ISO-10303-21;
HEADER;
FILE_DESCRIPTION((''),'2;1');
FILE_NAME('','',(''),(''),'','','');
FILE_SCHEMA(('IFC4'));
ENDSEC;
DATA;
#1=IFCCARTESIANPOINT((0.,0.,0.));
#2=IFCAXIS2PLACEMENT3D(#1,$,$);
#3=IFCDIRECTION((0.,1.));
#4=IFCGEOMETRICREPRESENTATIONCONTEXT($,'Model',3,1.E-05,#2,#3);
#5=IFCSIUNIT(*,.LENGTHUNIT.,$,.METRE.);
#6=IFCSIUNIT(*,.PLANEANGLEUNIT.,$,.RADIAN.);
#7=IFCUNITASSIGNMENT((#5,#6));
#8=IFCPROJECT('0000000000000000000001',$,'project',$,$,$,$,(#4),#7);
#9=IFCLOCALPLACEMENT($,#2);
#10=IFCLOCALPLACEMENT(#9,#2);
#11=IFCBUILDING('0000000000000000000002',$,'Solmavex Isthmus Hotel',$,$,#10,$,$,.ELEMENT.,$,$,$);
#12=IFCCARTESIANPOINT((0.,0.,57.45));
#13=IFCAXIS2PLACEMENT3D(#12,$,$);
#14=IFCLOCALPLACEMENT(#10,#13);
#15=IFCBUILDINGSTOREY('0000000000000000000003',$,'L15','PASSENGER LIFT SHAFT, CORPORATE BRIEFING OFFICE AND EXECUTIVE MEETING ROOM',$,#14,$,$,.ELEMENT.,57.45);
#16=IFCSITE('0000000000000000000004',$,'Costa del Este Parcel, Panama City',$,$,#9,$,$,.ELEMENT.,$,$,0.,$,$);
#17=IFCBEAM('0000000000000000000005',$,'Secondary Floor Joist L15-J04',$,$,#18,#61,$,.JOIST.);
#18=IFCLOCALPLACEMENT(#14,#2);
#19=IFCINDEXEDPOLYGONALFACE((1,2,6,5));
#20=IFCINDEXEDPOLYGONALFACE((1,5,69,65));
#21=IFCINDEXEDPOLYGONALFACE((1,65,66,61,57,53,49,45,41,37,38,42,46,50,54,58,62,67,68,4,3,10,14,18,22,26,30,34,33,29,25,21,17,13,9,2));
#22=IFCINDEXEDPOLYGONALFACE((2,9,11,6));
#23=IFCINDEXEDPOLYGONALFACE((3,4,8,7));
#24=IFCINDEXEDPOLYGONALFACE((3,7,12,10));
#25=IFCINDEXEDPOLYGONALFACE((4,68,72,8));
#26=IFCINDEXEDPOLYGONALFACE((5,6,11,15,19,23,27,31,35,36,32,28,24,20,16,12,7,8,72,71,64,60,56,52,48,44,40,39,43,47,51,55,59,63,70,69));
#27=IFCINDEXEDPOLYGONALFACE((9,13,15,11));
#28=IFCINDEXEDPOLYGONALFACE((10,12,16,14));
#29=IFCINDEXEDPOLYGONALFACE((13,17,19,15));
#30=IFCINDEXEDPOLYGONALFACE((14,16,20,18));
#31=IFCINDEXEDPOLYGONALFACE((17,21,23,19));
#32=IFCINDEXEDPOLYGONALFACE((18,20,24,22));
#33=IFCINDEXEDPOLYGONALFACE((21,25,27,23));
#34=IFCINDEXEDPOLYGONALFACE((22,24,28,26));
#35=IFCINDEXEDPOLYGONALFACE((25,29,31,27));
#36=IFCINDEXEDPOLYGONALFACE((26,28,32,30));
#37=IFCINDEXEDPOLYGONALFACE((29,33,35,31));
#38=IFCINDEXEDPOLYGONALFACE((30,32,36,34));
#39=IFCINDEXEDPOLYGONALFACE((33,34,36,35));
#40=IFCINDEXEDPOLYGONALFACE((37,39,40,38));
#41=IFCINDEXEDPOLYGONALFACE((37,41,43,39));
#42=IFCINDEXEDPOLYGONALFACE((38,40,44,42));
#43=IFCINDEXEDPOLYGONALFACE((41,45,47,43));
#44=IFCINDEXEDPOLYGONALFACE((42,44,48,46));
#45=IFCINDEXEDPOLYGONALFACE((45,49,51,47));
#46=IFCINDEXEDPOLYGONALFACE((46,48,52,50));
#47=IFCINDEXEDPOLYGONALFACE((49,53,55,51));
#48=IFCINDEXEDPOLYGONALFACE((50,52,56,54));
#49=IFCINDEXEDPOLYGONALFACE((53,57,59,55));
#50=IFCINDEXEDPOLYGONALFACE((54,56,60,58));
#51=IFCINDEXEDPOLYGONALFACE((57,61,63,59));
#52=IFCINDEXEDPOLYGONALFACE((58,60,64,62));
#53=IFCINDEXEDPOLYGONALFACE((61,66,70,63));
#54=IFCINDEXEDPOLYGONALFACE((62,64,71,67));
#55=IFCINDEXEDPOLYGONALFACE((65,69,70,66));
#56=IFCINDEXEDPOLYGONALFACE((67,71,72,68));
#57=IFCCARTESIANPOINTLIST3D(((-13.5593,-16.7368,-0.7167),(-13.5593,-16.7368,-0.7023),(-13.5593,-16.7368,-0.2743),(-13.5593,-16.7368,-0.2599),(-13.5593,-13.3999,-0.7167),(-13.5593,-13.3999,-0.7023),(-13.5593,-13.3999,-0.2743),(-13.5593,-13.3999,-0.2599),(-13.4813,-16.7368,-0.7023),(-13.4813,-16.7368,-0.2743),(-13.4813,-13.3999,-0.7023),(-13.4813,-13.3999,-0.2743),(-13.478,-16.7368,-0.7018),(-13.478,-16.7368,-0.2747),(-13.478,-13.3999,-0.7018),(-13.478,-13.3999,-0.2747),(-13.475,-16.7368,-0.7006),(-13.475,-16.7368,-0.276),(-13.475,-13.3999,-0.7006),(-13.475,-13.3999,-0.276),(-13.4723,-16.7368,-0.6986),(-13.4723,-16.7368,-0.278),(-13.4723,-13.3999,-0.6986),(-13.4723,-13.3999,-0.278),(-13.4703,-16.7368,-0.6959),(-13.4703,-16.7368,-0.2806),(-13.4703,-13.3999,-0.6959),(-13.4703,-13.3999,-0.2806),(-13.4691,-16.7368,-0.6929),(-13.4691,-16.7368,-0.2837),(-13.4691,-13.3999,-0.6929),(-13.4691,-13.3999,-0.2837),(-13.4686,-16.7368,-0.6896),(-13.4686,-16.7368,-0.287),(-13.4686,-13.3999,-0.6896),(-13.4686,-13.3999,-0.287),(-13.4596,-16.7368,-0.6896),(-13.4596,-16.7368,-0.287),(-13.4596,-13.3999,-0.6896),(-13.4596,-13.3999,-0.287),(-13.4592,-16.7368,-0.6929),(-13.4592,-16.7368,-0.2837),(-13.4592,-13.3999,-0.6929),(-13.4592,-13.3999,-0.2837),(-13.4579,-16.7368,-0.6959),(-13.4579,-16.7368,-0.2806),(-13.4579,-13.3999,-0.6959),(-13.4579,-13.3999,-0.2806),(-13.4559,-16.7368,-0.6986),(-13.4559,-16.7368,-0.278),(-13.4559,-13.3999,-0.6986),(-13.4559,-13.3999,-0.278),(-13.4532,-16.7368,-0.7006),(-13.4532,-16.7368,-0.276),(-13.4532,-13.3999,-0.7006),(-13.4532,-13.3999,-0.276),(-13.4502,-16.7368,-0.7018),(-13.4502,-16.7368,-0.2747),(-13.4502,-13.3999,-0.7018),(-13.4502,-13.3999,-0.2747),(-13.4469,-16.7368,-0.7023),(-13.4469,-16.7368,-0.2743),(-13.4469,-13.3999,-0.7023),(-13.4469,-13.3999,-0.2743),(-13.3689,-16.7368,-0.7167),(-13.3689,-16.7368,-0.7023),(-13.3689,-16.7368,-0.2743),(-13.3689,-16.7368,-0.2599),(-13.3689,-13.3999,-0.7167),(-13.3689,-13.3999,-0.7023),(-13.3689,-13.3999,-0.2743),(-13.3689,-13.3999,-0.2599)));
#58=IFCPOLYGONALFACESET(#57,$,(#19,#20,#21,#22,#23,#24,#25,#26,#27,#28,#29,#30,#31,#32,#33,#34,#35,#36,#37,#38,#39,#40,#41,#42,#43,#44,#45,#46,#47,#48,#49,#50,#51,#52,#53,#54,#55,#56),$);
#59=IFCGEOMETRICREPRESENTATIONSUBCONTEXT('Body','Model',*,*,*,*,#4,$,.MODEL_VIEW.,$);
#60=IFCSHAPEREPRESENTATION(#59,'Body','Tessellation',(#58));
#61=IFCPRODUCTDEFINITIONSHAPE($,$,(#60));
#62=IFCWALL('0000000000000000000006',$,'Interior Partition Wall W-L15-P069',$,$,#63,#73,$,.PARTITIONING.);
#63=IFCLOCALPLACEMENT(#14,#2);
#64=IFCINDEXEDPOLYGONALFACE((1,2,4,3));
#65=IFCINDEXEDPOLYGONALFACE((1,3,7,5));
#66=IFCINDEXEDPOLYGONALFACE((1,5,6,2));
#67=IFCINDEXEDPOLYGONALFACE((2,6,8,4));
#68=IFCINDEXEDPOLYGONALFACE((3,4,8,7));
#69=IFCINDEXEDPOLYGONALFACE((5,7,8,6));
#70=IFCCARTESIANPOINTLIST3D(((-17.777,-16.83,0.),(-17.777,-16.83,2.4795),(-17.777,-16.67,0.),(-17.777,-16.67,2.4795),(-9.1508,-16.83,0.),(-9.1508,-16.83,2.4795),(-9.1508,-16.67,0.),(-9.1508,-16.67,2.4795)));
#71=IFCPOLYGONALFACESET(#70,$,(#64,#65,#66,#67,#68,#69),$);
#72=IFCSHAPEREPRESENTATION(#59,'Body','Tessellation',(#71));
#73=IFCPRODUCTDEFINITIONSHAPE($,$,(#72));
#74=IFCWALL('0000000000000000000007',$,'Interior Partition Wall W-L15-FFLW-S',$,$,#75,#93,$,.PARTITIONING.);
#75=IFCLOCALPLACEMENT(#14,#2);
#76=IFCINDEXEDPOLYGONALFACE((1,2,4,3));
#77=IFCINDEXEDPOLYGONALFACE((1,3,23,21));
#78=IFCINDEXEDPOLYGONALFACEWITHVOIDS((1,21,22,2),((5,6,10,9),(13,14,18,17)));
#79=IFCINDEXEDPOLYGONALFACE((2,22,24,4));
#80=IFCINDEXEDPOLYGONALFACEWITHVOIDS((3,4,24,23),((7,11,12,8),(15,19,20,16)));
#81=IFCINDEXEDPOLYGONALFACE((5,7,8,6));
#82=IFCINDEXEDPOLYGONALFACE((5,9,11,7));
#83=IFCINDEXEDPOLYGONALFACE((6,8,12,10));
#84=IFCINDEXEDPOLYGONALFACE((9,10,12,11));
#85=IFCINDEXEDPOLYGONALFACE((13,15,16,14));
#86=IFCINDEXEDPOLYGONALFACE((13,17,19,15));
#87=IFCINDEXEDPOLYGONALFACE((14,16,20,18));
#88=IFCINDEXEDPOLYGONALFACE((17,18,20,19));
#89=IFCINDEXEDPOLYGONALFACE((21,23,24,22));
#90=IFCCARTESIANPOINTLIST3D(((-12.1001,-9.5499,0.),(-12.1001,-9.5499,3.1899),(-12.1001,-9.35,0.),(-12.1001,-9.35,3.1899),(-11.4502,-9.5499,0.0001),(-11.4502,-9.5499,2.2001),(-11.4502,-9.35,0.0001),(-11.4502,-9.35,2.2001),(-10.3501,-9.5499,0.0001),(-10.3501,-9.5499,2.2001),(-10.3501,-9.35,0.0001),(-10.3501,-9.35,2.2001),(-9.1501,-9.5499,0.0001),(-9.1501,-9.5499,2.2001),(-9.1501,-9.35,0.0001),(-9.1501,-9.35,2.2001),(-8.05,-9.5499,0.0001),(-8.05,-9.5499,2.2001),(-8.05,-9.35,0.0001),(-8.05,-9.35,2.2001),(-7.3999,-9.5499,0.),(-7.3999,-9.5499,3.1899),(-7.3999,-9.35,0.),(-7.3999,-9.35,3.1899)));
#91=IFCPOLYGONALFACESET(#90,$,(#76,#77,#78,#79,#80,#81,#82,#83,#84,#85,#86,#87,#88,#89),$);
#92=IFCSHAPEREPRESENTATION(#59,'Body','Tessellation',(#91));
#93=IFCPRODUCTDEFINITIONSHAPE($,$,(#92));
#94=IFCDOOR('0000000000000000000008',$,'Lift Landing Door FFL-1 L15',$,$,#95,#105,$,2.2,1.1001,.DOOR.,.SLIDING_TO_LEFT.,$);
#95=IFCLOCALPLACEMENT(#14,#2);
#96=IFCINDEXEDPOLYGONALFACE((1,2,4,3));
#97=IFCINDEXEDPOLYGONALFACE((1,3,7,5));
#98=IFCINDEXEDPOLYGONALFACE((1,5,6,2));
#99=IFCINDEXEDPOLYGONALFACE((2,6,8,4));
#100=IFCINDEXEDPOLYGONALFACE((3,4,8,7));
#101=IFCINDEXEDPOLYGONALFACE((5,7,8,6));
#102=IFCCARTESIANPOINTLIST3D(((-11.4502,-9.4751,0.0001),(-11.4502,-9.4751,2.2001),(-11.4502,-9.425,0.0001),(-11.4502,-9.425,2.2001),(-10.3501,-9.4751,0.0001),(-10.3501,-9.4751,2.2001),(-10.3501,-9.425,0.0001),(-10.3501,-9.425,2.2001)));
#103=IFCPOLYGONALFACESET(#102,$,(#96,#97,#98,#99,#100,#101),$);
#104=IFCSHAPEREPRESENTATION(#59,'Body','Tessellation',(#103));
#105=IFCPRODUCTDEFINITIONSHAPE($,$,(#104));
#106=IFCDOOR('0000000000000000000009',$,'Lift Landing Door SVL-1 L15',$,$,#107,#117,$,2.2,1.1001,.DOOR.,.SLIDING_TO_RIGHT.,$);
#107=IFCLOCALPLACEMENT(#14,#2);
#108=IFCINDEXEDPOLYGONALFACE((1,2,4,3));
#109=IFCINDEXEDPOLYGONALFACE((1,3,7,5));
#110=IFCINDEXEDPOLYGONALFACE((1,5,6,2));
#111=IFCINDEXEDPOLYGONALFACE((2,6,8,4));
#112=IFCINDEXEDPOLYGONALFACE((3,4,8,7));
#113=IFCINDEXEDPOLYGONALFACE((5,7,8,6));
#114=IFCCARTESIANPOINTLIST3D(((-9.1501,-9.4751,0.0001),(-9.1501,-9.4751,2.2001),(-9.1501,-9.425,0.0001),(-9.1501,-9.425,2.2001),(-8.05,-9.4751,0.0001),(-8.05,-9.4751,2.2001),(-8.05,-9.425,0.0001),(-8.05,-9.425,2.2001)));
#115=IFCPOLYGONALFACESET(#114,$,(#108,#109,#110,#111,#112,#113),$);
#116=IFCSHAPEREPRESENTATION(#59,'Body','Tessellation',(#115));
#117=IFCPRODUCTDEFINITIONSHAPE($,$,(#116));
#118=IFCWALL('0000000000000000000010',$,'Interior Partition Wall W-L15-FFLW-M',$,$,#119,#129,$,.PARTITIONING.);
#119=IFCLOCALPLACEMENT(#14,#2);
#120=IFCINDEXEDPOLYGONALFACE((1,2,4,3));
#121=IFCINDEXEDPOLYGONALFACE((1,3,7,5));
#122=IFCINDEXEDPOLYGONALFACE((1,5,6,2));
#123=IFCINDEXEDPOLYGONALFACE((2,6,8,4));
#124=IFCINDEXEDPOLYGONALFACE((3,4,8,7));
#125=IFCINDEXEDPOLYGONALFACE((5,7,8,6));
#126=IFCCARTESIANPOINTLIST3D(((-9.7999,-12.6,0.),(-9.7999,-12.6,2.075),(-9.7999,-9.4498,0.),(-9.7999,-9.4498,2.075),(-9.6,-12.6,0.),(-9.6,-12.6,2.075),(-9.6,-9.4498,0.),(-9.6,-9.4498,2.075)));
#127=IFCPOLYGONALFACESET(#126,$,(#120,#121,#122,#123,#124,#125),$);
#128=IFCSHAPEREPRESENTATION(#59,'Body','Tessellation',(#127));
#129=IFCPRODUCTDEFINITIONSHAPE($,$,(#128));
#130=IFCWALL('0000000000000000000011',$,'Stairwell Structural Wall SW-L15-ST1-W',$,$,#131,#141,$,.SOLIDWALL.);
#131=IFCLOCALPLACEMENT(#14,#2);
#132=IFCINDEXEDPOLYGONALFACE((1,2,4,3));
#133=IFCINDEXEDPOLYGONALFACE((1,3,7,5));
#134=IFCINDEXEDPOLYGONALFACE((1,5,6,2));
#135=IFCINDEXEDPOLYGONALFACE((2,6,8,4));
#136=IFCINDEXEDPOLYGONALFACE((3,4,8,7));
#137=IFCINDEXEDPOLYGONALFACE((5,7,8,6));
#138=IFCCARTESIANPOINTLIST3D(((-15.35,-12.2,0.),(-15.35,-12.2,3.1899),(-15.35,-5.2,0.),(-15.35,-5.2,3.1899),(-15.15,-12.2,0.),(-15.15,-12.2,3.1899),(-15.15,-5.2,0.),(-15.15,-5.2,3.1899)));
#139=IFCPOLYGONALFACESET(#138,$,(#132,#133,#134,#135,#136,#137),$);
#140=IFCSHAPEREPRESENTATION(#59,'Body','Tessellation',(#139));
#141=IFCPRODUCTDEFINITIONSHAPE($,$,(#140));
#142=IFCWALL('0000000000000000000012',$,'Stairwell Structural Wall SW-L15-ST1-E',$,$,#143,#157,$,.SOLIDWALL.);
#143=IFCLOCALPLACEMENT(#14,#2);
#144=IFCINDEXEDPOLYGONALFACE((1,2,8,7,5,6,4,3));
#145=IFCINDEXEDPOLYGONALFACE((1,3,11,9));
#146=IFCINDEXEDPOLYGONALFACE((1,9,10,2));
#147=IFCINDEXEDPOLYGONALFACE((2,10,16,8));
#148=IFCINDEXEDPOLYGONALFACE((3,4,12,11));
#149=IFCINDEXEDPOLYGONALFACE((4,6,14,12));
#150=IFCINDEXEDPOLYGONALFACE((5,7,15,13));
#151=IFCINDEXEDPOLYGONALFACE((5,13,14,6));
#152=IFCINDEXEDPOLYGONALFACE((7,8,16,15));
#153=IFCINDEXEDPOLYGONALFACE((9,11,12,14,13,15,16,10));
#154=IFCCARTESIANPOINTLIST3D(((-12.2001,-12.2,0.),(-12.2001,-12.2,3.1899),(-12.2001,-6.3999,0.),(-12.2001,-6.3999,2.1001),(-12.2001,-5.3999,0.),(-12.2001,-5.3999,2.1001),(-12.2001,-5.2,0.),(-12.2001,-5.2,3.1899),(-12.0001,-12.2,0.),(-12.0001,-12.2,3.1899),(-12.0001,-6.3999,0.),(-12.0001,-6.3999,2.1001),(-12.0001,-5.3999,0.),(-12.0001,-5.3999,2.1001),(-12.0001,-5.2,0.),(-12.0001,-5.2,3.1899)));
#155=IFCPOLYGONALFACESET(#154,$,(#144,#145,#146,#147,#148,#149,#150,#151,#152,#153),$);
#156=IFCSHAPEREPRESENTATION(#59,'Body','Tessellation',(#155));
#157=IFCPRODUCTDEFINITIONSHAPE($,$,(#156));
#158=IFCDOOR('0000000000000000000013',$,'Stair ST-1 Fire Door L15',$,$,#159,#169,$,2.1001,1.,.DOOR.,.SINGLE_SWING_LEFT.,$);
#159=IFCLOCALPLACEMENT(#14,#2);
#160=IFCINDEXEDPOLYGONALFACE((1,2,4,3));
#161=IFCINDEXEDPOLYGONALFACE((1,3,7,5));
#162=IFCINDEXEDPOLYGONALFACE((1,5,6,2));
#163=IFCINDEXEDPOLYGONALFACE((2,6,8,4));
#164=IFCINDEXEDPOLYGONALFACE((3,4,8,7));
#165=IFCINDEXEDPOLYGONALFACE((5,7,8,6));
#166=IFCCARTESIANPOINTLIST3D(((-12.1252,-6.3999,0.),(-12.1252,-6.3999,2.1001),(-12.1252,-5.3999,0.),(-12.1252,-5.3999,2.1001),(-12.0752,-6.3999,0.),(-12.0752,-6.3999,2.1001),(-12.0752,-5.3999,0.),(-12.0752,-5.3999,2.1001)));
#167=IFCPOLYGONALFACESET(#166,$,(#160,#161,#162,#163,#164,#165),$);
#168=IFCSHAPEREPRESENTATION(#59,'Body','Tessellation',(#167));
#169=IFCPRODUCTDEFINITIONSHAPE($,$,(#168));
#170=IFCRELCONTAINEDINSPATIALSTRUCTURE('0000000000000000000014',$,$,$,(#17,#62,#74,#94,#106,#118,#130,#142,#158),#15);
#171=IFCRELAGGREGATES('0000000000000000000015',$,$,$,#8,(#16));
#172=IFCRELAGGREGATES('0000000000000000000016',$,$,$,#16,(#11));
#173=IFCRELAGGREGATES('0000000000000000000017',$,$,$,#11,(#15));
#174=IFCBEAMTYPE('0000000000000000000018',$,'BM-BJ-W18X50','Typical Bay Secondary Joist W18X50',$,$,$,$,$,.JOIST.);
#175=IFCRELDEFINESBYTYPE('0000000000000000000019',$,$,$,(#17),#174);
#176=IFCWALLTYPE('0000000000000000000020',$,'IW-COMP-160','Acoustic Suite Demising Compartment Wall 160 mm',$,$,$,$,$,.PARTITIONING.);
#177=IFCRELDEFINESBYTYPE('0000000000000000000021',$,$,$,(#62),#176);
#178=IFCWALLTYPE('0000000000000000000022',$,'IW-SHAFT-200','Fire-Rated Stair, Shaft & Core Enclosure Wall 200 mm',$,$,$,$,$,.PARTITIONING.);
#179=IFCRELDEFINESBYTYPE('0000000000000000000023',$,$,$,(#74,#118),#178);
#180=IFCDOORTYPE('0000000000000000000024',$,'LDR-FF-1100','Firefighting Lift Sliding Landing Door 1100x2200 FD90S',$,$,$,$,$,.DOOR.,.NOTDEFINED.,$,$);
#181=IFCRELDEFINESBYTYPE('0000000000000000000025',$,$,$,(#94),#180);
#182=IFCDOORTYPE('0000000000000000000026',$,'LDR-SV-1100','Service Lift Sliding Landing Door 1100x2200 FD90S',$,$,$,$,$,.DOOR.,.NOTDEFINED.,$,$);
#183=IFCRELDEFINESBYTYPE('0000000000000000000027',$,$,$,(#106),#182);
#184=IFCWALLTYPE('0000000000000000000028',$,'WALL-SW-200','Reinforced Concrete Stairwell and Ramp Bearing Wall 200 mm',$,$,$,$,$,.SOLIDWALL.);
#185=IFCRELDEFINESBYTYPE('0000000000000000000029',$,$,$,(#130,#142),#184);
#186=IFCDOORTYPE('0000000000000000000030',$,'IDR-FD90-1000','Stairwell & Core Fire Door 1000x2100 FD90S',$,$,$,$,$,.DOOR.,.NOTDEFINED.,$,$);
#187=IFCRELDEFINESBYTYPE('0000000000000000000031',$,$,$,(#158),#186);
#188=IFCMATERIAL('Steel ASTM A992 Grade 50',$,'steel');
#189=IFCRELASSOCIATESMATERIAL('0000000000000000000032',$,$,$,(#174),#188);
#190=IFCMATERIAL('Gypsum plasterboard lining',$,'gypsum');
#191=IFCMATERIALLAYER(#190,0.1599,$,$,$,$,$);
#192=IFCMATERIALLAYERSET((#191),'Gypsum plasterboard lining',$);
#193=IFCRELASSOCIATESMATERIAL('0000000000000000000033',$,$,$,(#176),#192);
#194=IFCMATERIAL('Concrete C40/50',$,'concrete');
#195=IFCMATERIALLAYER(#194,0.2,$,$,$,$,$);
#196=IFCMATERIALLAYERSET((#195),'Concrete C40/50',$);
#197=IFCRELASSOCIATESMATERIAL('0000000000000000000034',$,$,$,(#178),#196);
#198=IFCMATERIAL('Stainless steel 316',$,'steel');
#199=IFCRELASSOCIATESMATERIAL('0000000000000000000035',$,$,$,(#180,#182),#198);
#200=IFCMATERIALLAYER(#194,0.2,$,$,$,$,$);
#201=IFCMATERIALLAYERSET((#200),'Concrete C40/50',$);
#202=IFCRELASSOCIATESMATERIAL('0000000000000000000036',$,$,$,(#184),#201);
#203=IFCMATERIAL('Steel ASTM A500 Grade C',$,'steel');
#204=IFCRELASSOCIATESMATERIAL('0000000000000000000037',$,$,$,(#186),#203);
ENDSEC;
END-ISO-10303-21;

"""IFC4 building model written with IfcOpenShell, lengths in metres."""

from ifc_helpers import new_model, si_unit, direction, frame, frame_2d, origin, origin_2d, place, context, subcontext, project, spatial, rectangle, i_section, extrude, material, layer, layer_set, material_profile, profile_set, type_object, element, fill, save


model = new_model("IFC4")

# Units and contexts
model_context = context("Model", 3, precision=1e-05, world=origin(), true_north=direction((0.0, 1.0)))
body_context = subcontext(model_context, "Body", "Model", "MODEL_VIEW")
ifc_project = project(units=[si_unit("LENGTHUNIT", "METRE"), si_unit("PLANEANGLEUNIT", "RADIAN")], contexts=[model_context])

# Site, building, storey
site_placement = place(None, origin())
site = spatial("IfcSite", under=ifc_project, at=site_placement, Name="Costa del Este Parcel, Panama City", CompositionType="ELEMENT", RefElevation=0.0)
building_placement = place(site_placement, origin())
building = spatial("IfcBuilding", under=site, at=building_placement, Name="Solmavex Isthmus Hotel", CompositionType="ELEMENT")
storey_placement = place(building_placement, frame((0.0, 0.0, 57.45)))
storey = spatial("IfcBuildingStorey", under=building, at=storey_placement, Name="L15", Description="PASSENGER LIFT SHAFT, CORPORATE BRIEFING OFFICE AND EXECUTIVE MEETING ROOM", CompositionType="ELEMENT", Elevation=57.45)

# Beam
ifc_material_1 = material(Name="Steel ASTM A992 Grade 50", Category="steel")
ifc_material_profile = material_profile(ifc_material_1, i_section(OverallWidth=0.1904, OverallDepth=0.4568, WebThickness=0.009, FlangeThickness=0.0144, FilletRadius=0.0127, at=origin_2d()), Name="W18X50")
ifc_profile_set = profile_set([ifc_material_profile], Name="Steel ASTM A992 Grade 50")
beam_type = type_object("IfcBeamType", Name="BM-BJ-W18X50", Description="Typical Bay Secondary Joist W18X50", PredefinedType="JOIST", material=ifc_profile_set)
beam_placement = place(storey_placement, frame((-13.4641, -16.7368, -0.4883), z_axis=(0.0, 1.0, 0.0), x_axis=(-1.0, 0.0, 0.0)))
element("IfcBeam", 1, at=beam_placement, inside=storey, type_object=beam_type, Name="Secondary Floor Joist L15-J04", PredefinedType="JOIST", context=body_context, shape_type="SweptSolid", body=[
    extrude(i_section(OverallWidth=0.1904, OverallDepth=0.4568, WebThickness=0.009, FlangeThickness=0.0144, FilletRadius=0.0127, at=origin_2d()), origin(), (0.0, 0.0, 1.0), 3.3369),
])

# Wall
ifc_material_2 = material(Name="Gypsum plasterboard lining", Category="gypsum")
ifc_layer_1 = layer(ifc_material_2, 0.1599)
ifc_layer_set_1 = layer_set([ifc_layer_1], Name="Gypsum plasterboard lining")
wall_type_1 = type_object("IfcWallType", Name="IW-COMP-160", Description="Acoustic Suite Demising Compartment Wall 160 mm", PredefinedType="PARTITIONING", material=ifc_layer_set_1)
wall_1_placement = place(storey_placement, frame((-9.1509, -16.75, 0.0), z_axis=(0.0, 0.0, 1.0), x_axis=(-1.0, 0.0, 0.0)))
element("IfcWall", 2, at=wall_1_placement, inside=storey, type_object=wall_type_1, Name="Interior Partition Wall W-L15-P069", PredefinedType="PARTITIONING", context=body_context, shape_type="SweptSolid", body=[
    extrude(rectangle(XDim=8.6262, YDim=0.1599, at=frame_2d((4.313, 0.0))), origin(), (0.0, 0.0, 1.0), 2.4795),
])

# Wall, openings, doors
ifc_material_3 = material(Name="Concrete C40/50", Category="concrete")
ifc_layer_2 = layer(ifc_material_3, 0.2)
ifc_layer_set_2 = layer_set([ifc_layer_2], Name="Concrete C40/50")
wall_type_2 = type_object("IfcWallType", Name="IW-SHAFT-200", Description="Fire-Rated Stair, Shaft & Core Enclosure Wall 200 mm", PredefinedType="PARTITIONING", material=ifc_layer_set_2)
wall_2_placement = place(storey_placement, frame((-12.1001, -9.45, 0.0), z_axis=(0.0, 0.0, 1.0), x_axis=(1.0, 0.0, 0.0)))
wall_2 = element("IfcWall", 3, at=wall_2_placement, inside=storey, type_object=wall_type_2, Name="Interior Partition Wall W-L15-FFLW-S", PredefinedType="PARTITIONING", context=body_context, shape_type="SweptSolid", body=[
    extrude(rectangle(XDim=4.7002, YDim=0.2, at=frame_2d((2.3501, 0.0))), origin(), (0.0, 0.0, 1.0), 3.1899),
])
opening_1_placement = place(wall_2_placement, frame((0.6499, 0.0, 0.0)))
opening_1 = element("IfcOpeningElement", 4, at=opening_1_placement, cuts=wall_2, PredefinedType="OPENING", context=body_context, shape_type="SweptSolid", body=[
    extrude(rectangle(XDim=1.1001, YDim=2.2, at=frame_2d((0.55, 1.1001))), frame((0.0, 0.1099, 0.0), z_axis=(0.0, -1.0, 0.0), x_axis=(1.0, 0.0, 0.0)), (0.0, 0.0, 1.0), 0.22),
])
opening_2_placement = place(wall_2_placement, frame((2.95, 0.0, 0.0)))
opening_2 = element("IfcOpeningElement", 5, at=opening_2_placement, cuts=wall_2, PredefinedType="OPENING", context=body_context, shape_type="SweptSolid", body=[
    extrude(rectangle(XDim=1.1001, YDim=2.2, at=frame_2d((0.55, 1.1001))), frame((0.0, 0.1099, 0.0), z_axis=(0.0, -1.0, 0.0), x_axis=(1.0, 0.0, 0.0)), (0.0, 0.0, 1.0), 0.22),
])
ifc_material_4 = material(Name="Stainless steel 316", Category="steel")
door_type_1 = type_object("IfcDoorType", Name="LDR-FF-1100", Description="Firefighting Lift Sliding Landing Door 1100x2200 FD90S", OperationType="NOTDEFINED", PredefinedType="DOOR", material=ifc_material_4)
door_1_placement = place(opening_1_placement, origin())
door_1 = element("IfcDoor", 6, at=door_1_placement, inside=storey, type_object=door_type_1, Name="Lift Landing Door FFL-1 L15", OperationType="SLIDING_TO_LEFT", OverallHeight=2.2, OverallWidth=1.1001, PredefinedType="DOOR", context=body_context, shape_type="SweptSolid", body=[
    extrude(rectangle(XDim=1.1001, YDim=2.2, at=frame_2d((0.55, 1.1001))), frame((0.0, 0.0249, 0.0), z_axis=(0.0, -1.0, 0.0), x_axis=(1.0, 0.0, 0.0)), (0.0, 0.0, 1.0), 0.05),
])
fill(opening_1, door_1)
door_type_2 = type_object("IfcDoorType", Name="LDR-SV-1100", Description="Service Lift Sliding Landing Door 1100x2200 FD90S", OperationType="NOTDEFINED", PredefinedType="DOOR", material=ifc_material_4)
door_2_placement = place(opening_2_placement, origin())
door_2 = element("IfcDoor", 7, at=door_2_placement, inside=storey, type_object=door_type_2, Name="Lift Landing Door SVL-1 L15", OperationType="SLIDING_TO_RIGHT", OverallHeight=2.2, OverallWidth=1.1001, PredefinedType="DOOR", context=body_context, shape_type="SweptSolid", body=[
    extrude(rectangle(XDim=1.1001, YDim=2.2, at=frame_2d((0.55, 1.1001))), frame((0.0, 0.0249, 0.0), z_axis=(0.0, -1.0, 0.0), x_axis=(1.0, 0.0, 0.0)), (0.0, 0.0, 1.0), 0.05),
])
fill(opening_2, door_2)

# Walls
wall_3_placement = place(storey_placement, frame((-9.7, -12.6001, 0.0), z_axis=(0.0, 0.0, 1.0), x_axis=(0.0, 1.0, 0.0)))
element("IfcWall", 8, at=wall_3_placement, inside=storey, type_object=wall_type_2, Name="Interior Partition Wall W-L15-FFLW-M", PredefinedType="PARTITIONING", context=body_context, shape_type="SweptSolid", body=[
    extrude(rectangle(XDim=3.1501, YDim=0.2, at=frame_2d((1.5752, 0.0))), origin(), (0.0, 0.0, 1.0), 2.075),
])
ifc_layer_3 = layer(ifc_material_3, 0.2)
ifc_layer_set_3 = layer_set([ifc_layer_3], Name="Concrete C40/50")
wall_type_3 = type_object("IfcWallType", Name="WALL-SW-200", Description="Reinforced Concrete Stairwell and Ramp Bearing Wall 200 mm", PredefinedType="SOLIDWALL", material=ifc_layer_set_3)
wall_4_placement = place(storey_placement, frame((-15.25, -12.2, 0.0), z_axis=(0.0, 0.0, 1.0), x_axis=(0.0, 1.0, 0.0)))
element("IfcWall", 9, at=wall_4_placement, inside=storey, type_object=wall_type_3, Name="Stairwell Structural Wall SW-L15-ST1-W", PredefinedType="SOLIDWALL", context=body_context, shape_type="SweptSolid", body=[
    extrude(rectangle(XDim=7.0, YDim=0.2, at=frame_2d((3.5, 0.0))), origin(), (0.0, 0.0, 1.0), 3.1899),
])

# Wall, opening, door
wall_5_placement = place(storey_placement, frame((-12.1001, -12.2, 0.0), z_axis=(0.0, 0.0, 1.0), x_axis=(0.0, 1.0, 0.0)))
wall_5 = element("IfcWall", 10, at=wall_5_placement, inside=storey, type_object=wall_type_3, Name="Stairwell Structural Wall SW-L15-ST1-E", PredefinedType="SOLIDWALL", context=body_context, shape_type="SweptSolid", body=[
    extrude(rectangle(XDim=7.0, YDim=0.2, at=frame_2d((3.5, 0.0))), origin(), (0.0, 0.0, 1.0), 3.1899),
])
opening_3_placement = place(wall_5_placement, frame((5.8, 0.0, 0.0)))
opening_3 = element("IfcOpeningElement", 11, at=opening_3_placement, cuts=wall_5, PredefinedType="OPENING", context=body_context, shape_type="SweptSolid", body=[
    extrude(rectangle(XDim=1.0, YDim=2.1001, at=frame_2d((0.5, 1.05))), frame((0.0, 0.1099, 0.0), z_axis=(0.0, -1.0, 0.0), x_axis=(1.0, 0.0, 0.0)), (0.0, 0.0, 1.0), 0.22),
])
ifc_material_5 = material(Name="Steel ASTM A500 Grade C", Category="steel")
door_type_3 = type_object("IfcDoorType", Name="IDR-FD90-1000", Description="Stairwell & Core Fire Door 1000x2100 FD90S", OperationType="NOTDEFINED", PredefinedType="DOOR", material=ifc_material_5)
door_3_placement = place(opening_3_placement, frame((1.0, 0.0, 0.0), z_axis=(0.0, 0.0, 1.0), x_axis=(-1.0, 0.0, 0.0)))
door_3 = element("IfcDoor", 12, at=door_3_placement, inside=storey, type_object=door_type_3, Name="Stair ST-1 Fire Door L15", OperationType="SINGLE_SWING_LEFT", OverallHeight=2.1001, OverallWidth=1.0, PredefinedType="DOOR", context=body_context, shape_type="SweptSolid", body=[
    extrude(rectangle(XDim=1.0, YDim=2.1001, at=frame_2d((0.5, 1.05))), frame((0.0, 0.0249, 0.0), z_axis=(0.0, -1.0, 0.0), x_axis=(1.0, 0.0, 0.0)), (0.0, 0.0, 1.0), 0.05),
])
fill(opening_3, door_3)

save(model, "model.ifc")
